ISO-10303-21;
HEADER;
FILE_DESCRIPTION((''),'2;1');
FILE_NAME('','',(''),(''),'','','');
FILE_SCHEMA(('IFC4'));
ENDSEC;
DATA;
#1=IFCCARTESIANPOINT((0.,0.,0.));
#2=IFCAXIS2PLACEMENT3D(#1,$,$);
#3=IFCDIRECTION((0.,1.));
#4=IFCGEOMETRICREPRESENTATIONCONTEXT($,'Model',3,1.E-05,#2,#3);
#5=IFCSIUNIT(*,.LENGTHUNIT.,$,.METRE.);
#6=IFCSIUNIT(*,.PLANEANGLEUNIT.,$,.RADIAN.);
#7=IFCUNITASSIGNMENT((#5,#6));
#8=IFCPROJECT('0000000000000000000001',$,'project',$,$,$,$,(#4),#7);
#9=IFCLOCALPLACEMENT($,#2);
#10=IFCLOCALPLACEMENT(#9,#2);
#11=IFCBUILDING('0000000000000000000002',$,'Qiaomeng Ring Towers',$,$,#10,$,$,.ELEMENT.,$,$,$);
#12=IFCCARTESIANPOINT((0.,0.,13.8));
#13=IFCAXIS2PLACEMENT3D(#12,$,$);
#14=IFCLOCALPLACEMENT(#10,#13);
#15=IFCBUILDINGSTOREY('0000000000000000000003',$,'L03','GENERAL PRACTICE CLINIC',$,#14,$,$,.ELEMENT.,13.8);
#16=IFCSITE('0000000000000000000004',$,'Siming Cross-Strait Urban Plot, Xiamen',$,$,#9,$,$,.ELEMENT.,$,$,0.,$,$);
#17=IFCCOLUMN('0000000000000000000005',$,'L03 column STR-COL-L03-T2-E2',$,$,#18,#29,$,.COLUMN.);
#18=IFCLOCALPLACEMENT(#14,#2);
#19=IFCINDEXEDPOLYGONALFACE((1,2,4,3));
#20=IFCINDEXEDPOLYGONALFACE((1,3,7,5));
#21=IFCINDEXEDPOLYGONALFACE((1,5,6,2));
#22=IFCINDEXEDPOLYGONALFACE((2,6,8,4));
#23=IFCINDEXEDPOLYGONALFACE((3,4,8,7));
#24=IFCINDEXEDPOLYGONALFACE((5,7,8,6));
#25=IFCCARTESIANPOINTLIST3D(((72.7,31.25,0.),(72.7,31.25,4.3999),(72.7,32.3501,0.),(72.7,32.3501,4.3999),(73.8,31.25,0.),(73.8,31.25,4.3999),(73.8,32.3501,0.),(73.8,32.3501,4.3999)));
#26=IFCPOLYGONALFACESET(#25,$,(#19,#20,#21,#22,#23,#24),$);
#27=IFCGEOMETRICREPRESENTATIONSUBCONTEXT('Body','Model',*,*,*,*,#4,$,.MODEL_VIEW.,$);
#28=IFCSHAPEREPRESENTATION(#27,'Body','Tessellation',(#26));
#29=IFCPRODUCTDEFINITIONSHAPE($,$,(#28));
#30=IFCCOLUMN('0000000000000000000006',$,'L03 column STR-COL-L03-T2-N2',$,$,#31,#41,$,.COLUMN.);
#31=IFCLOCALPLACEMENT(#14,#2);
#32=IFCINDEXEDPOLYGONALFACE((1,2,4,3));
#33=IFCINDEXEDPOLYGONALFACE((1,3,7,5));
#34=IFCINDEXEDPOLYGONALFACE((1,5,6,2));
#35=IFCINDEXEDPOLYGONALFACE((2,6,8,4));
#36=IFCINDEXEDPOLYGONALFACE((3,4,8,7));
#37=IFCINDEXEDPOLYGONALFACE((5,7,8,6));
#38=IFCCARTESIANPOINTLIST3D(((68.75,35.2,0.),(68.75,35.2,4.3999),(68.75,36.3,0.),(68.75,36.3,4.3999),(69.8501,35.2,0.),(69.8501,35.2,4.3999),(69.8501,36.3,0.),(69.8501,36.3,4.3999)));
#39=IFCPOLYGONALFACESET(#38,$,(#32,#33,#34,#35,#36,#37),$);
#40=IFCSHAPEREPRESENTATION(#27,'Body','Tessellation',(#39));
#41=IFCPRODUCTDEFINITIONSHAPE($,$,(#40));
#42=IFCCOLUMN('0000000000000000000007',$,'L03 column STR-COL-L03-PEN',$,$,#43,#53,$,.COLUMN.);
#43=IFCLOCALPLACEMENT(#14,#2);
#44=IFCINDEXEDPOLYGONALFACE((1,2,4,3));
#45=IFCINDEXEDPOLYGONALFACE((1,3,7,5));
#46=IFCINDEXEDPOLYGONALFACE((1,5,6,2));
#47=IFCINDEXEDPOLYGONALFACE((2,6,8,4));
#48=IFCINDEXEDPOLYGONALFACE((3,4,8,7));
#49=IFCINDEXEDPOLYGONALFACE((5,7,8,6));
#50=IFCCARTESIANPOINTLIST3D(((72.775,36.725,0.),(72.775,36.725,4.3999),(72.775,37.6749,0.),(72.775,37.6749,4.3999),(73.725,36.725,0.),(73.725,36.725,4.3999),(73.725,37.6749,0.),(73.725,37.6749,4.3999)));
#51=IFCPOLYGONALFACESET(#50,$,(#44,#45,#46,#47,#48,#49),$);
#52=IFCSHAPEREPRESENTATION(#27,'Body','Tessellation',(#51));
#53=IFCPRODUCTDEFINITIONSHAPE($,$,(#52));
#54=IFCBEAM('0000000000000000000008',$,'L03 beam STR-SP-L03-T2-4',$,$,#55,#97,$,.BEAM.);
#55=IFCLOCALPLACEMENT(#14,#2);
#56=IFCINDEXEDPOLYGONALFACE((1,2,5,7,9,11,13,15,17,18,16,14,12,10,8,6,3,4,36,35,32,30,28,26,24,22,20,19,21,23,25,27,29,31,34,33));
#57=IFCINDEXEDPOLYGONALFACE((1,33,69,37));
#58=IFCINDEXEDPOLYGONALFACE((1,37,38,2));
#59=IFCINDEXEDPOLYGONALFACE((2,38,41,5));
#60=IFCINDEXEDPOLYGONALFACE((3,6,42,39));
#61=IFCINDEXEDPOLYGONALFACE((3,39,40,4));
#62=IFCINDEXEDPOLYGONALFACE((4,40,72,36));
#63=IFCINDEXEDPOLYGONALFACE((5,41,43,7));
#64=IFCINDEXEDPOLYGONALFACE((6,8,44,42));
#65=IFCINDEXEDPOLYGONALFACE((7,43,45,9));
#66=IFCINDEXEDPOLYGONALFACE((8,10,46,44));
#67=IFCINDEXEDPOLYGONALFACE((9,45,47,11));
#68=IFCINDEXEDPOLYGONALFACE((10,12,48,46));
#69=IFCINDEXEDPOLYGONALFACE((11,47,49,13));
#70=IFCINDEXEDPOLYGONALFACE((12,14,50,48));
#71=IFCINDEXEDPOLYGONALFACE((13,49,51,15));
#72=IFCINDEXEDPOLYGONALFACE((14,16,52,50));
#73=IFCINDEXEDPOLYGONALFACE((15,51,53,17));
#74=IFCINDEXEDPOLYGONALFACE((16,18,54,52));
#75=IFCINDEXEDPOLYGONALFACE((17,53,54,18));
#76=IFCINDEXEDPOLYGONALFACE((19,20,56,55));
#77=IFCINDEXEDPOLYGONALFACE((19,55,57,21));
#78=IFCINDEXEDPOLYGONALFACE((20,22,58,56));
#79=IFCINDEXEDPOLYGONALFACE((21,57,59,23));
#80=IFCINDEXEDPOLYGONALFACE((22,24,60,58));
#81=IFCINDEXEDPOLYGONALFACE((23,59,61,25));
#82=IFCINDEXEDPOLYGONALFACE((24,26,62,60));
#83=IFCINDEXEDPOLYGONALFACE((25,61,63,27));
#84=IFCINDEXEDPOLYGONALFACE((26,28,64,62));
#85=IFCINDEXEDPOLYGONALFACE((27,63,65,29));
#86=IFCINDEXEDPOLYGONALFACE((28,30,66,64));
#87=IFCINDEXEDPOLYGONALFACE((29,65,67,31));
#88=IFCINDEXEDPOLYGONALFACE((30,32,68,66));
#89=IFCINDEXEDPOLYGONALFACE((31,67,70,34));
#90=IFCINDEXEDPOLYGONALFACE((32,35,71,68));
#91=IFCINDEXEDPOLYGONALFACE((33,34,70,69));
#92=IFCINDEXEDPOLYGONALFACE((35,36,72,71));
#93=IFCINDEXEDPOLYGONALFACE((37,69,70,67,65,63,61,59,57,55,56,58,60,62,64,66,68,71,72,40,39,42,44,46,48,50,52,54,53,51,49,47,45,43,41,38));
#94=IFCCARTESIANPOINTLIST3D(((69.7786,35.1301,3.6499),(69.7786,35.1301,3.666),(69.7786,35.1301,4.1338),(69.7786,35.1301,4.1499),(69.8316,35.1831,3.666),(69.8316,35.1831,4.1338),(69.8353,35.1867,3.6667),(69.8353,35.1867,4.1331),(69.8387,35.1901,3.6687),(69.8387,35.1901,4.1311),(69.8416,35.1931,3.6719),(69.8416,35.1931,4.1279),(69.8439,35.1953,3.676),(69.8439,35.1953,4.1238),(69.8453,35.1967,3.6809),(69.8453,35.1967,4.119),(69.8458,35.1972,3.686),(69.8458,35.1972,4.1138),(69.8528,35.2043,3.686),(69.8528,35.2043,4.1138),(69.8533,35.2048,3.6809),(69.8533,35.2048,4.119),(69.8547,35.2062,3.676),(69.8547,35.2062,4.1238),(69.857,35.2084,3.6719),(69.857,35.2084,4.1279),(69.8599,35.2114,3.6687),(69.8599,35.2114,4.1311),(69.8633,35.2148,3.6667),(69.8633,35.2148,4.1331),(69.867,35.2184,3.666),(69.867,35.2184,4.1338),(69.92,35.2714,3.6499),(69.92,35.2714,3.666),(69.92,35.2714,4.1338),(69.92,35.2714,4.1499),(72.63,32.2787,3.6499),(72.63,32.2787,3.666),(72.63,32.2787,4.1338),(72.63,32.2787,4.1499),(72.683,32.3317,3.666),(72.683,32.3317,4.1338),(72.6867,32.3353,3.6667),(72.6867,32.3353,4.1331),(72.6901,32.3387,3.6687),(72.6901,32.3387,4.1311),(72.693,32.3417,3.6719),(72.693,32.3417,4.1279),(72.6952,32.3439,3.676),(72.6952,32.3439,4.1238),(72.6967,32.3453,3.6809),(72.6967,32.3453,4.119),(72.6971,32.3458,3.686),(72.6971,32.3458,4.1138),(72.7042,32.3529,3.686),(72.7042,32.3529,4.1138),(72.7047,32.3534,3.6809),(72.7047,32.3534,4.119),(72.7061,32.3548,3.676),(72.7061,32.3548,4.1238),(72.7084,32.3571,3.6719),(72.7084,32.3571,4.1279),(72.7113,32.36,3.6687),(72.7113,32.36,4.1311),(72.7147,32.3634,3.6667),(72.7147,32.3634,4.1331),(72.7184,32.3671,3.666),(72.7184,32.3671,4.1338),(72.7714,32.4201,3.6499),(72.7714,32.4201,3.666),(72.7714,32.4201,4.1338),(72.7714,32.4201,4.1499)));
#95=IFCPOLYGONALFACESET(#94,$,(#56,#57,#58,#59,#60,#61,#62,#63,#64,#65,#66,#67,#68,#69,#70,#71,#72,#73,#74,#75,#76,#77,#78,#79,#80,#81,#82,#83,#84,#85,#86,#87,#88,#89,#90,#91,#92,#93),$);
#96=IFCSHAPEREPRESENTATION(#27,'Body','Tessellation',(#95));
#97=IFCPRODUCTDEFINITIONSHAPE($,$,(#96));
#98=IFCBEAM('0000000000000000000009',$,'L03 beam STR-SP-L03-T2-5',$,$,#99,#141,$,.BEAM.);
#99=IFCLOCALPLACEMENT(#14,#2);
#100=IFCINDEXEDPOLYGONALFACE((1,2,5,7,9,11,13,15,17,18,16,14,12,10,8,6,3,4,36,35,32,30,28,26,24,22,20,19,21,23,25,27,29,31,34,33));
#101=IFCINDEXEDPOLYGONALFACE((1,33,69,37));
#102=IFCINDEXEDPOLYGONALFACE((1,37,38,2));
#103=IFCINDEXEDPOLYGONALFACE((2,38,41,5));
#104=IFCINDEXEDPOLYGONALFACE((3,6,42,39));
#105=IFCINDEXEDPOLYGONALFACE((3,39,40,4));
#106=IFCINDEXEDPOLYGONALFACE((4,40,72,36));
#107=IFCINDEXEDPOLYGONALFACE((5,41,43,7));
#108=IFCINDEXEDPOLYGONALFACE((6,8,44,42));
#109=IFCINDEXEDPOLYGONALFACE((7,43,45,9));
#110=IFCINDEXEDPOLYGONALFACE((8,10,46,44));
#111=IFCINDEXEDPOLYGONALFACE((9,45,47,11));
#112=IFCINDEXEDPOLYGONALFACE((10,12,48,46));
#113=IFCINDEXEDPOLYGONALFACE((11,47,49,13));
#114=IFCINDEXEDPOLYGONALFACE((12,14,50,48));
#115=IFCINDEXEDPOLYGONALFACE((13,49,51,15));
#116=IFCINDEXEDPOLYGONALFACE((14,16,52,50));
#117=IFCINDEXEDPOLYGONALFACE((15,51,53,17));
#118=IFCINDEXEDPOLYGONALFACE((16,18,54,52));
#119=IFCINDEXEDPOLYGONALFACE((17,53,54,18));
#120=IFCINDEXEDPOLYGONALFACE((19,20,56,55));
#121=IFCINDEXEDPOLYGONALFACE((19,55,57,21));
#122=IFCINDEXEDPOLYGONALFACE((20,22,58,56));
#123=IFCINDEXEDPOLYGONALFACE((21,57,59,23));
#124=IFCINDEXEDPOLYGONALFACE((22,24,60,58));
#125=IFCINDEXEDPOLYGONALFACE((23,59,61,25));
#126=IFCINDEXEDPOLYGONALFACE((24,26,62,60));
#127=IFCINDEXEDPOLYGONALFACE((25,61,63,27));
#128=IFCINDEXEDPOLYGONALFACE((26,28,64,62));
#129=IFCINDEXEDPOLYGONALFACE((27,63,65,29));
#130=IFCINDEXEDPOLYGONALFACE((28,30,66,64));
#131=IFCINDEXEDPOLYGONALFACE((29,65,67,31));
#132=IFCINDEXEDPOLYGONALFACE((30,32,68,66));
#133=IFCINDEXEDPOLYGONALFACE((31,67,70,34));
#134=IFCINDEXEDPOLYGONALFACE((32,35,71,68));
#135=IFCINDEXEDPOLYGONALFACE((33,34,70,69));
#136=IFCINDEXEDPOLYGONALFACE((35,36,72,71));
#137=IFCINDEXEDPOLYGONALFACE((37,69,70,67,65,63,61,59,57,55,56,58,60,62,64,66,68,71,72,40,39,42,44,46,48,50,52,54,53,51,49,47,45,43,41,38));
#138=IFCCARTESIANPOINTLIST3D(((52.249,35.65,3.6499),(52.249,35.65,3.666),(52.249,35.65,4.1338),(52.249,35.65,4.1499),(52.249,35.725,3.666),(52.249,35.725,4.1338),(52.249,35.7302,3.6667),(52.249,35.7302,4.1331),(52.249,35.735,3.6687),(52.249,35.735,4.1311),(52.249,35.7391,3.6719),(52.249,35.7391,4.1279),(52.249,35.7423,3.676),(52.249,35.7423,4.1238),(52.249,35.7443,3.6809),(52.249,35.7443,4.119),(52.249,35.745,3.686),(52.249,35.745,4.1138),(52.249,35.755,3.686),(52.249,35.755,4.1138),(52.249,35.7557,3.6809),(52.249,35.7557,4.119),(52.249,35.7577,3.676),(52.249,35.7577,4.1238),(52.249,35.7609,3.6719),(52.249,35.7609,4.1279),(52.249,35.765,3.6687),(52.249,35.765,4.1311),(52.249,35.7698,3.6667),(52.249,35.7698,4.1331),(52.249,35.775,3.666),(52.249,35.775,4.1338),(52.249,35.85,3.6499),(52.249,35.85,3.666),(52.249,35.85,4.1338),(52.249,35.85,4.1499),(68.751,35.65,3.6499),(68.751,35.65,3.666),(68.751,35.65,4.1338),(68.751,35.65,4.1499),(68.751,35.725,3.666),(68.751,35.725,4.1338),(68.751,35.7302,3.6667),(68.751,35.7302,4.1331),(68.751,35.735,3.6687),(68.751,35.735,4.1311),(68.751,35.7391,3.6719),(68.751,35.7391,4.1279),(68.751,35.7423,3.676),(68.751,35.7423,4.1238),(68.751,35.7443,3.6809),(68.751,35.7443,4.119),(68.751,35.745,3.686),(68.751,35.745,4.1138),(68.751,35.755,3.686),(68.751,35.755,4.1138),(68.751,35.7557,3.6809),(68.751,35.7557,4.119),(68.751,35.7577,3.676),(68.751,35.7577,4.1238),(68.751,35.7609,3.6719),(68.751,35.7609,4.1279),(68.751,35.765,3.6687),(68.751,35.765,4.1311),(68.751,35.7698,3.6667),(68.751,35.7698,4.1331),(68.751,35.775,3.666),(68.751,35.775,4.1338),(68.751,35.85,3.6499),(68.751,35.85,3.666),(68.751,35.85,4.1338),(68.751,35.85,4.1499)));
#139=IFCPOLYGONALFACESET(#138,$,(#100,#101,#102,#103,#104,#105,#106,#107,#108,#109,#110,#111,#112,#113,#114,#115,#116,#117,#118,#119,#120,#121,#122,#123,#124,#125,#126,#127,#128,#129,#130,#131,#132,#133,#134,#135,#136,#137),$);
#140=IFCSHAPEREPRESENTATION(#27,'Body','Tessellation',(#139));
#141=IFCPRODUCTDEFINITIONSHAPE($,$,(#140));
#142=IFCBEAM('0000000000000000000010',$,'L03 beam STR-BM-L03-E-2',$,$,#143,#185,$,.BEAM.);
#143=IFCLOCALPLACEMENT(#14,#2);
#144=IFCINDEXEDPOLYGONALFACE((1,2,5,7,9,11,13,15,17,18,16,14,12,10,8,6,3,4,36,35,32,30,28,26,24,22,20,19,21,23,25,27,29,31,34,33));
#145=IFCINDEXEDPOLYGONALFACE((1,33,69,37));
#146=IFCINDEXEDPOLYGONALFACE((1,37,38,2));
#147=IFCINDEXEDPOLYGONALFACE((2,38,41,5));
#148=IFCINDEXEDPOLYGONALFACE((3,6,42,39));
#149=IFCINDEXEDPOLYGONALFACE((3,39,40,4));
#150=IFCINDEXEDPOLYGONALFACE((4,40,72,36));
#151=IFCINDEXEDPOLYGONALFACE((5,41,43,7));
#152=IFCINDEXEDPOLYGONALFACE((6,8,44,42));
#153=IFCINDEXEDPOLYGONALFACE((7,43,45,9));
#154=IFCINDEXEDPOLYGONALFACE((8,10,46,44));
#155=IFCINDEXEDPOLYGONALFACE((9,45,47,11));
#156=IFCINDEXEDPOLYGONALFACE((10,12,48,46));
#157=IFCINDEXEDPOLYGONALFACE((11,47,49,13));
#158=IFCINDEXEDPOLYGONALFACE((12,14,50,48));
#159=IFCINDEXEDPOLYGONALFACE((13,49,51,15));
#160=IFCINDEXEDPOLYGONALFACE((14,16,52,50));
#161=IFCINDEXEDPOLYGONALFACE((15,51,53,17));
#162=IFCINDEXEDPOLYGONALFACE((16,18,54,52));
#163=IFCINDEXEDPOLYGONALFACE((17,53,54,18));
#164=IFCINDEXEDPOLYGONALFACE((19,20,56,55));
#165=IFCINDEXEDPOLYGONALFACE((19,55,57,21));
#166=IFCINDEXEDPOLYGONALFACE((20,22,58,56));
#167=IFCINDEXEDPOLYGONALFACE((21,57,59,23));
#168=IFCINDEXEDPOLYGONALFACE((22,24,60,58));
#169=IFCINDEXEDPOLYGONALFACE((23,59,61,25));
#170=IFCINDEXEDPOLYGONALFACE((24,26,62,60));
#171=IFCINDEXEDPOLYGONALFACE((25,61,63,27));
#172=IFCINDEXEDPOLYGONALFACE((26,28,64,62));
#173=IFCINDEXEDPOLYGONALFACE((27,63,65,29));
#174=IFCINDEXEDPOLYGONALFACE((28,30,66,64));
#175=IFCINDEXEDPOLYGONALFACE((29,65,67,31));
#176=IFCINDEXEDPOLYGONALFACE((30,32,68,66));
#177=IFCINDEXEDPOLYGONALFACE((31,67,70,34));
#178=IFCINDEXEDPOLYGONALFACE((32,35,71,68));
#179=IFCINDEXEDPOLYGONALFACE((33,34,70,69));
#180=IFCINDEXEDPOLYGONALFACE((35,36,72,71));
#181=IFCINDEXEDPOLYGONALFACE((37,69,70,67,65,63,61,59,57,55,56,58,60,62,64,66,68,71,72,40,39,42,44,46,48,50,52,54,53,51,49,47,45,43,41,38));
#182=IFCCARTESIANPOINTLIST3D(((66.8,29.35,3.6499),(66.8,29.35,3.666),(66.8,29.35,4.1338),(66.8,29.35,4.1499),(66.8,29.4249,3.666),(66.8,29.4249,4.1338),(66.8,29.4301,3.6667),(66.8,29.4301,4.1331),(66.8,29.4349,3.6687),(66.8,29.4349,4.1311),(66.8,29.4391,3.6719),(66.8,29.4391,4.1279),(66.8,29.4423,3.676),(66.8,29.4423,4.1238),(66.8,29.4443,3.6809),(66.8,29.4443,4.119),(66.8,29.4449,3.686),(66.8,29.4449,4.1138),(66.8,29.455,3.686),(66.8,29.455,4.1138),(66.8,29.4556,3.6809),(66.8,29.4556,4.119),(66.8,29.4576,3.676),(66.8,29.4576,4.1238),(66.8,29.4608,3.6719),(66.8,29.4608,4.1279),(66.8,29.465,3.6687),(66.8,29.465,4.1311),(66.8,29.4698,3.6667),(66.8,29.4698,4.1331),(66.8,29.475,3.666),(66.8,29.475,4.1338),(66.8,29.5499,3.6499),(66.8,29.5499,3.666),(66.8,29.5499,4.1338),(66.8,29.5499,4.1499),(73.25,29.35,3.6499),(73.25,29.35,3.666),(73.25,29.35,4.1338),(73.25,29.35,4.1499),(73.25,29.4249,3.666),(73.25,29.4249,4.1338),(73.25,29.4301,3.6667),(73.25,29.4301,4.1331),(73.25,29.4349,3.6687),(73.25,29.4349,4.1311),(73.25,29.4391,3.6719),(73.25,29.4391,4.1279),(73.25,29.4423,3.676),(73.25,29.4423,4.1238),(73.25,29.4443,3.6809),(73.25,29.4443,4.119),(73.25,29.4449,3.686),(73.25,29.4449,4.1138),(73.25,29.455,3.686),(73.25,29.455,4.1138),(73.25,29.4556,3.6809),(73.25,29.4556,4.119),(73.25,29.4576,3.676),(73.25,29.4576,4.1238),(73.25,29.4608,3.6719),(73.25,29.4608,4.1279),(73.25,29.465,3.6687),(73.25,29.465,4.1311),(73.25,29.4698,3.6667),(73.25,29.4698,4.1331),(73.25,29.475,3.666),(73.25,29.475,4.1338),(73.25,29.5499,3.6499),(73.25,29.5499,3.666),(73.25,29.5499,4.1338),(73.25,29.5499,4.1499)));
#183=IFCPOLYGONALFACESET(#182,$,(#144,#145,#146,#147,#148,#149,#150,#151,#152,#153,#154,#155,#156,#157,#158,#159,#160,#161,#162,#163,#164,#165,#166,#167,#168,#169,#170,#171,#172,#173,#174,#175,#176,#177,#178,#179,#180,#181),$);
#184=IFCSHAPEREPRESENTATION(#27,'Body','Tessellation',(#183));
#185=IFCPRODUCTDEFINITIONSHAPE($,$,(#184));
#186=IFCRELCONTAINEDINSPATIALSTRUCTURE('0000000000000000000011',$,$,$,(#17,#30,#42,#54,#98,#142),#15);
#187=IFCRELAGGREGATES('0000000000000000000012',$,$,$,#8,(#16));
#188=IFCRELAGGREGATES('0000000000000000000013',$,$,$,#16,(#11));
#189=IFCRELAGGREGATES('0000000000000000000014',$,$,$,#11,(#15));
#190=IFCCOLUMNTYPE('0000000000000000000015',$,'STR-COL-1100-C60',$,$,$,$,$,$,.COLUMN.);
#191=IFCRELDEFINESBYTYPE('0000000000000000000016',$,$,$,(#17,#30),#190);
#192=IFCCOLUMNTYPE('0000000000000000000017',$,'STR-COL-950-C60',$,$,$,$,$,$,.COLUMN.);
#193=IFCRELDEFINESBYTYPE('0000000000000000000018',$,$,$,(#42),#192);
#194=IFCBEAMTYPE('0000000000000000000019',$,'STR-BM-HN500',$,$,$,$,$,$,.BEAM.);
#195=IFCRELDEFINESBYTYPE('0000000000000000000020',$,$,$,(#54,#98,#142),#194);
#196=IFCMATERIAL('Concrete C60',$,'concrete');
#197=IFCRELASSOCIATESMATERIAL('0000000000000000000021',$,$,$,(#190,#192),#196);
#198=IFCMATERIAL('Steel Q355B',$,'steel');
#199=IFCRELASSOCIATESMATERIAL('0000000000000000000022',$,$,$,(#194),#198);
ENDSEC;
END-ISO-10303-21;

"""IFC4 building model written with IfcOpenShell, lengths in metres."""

from ifc_helpers import new_model, si_unit, direction, frame, origin, origin_2d, place, context, subcontext, project, spatial, rectangle, i_section, extrude, source, transform, mapped, material, material_profile, profile_set, type_object, element, save


model = new_model("IFC4")

# Units and contexts
model_context = context("Model", 3, precision=1e-05, world=origin(), true_north=direction((0.0, 1.0)))
body_context = subcontext(model_context, "Body", "Model", "MODEL_VIEW")
ifc_project = project(units=[si_unit("LENGTHUNIT", "METRE"), si_unit("PLANEANGLEUNIT", "RADIAN")], contexts=[model_context])

# Site, building, storey
site_placement = place(None, origin())
site = spatial("IfcSite", under=ifc_project, at=site_placement, Name="Siming Cross-Strait Urban Plot, Xiamen", CompositionType="ELEMENT", RefElevation=0.0)
building_placement = place(site_placement, origin())
building = spatial("IfcBuilding", under=site, at=building_placement, Name="Qiaomeng Ring Towers", CompositionType="ELEMENT")
storey_placement = place(building_placement, frame((0.0, 0.0, 13.8)))
storey = spatial("IfcBuildingStorey", under=building, at=storey_placement, Name="L03", Description="GENERAL PRACTICE CLINIC", CompositionType="ELEMENT", Elevation=13.8)

# Columns
ifc_material_1 = material(Name="Concrete C60", Category="concrete")
ifc_material_profile_1 = material_profile(ifc_material_1, rectangle(XDim=1.1001, YDim=1.1001, at=origin_2d()), Name="RC COL 1100x1100")
ifc_profile_set_1 = profile_set([ifc_material_profile_1], Name="Concrete C60")
column_type_1 = type_object("IfcColumnType", Name="STR-COL-1100-C60", PredefinedType="COLUMN", material=ifc_profile_set_1)
shared_shape_1 = source(origin(), body_context, "Body", "SweptSolid", [
    extrude(rectangle(XDim=1.1001, YDim=1.1001, at=origin_2d()), origin(), (0.0, 0.0, 1.0), 4.3999),
])
for number, where, z_axis, x_axis, name in (
    (1, (73.25, 31.8, 0.0), (0.0, 0.0, 1.0), (1.0, 0.0, 0.0), "L03 column STR-COL-L03-T2-E2"),
    (2, (69.3, 35.75, 0.0), (0.0, 0.0, 1.0), (1.0, 0.0, 0.0), "L03 column STR-COL-L03-T2-N2"),
):
    element("IfcColumn", number, at=place(storey_placement, frame(where, z_axis=z_axis, x_axis=x_axis)), inside=storey, type_object=column_type_1, Name=name, PredefinedType="COLUMN", context=body_context, shape_type="MappedRepresentation", body=[
        mapped(shared_shape_1, transform((0.0, 0.0, 0.0), x_axis=(1.0, 0.0, 0.0), y_axis=(0.0, 1.0, 0.0), z_axis=(0.0, 0.0, 1.0), scale=1.0)),
    ])
ifc_material_profile_2 = material_profile(ifc_material_1, rectangle(XDim=0.95, YDim=0.95, at=origin_2d()), Name="RC COL 950x950")
ifc_profile_set_2 = profile_set([ifc_material_profile_2], Name="Concrete C60")
column_type_2 = type_object("IfcColumnType", Name="STR-COL-950-C60", PredefinedType="COLUMN", material=ifc_profile_set_2)
shared_shape_2 = source(origin(), body_context, "Body", "SweptSolid", [
    extrude(rectangle(XDim=0.95, YDim=0.95, at=origin_2d()), origin(), (0.0, 0.0, 1.0), 4.3999),
])
column_placement = place(storey_placement, frame((73.25, 37.2, 0.0), z_axis=(0.0, 0.0, 1.0), x_axis=(1.0, 0.0, 0.0)))
element("IfcColumn", 3, at=column_placement, inside=storey, type_object=column_type_2, Name="L03 column STR-COL-L03-PEN", PredefinedType="COLUMN", context=body_context, shape_type="MappedRepresentation", body=[
    mapped(shared_shape_2, transform((0.0, 0.0, 0.0), x_axis=(1.0, 0.0, 0.0), y_axis=(0.0, 1.0, 0.0), z_axis=(0.0, 0.0, 1.0), scale=1.0)),
])

# Beams
ifc_material_2 = material(Name="Steel Q355B", Category="steel")
ifc_material_profile_3 = material_profile(ifc_material_2, i_section(OverallWidth=0.2, OverallDepth=0.5, WebThickness=0.01, FlangeThickness=0.0161, FilletRadius=0.02, at=origin_2d()), Name="HN 500x200x10x16")
ifc_profile_set_3 = profile_set([ifc_material_profile_3], Name="Steel Q355B")
beam_type = type_object("IfcBeamType", Name="STR-BM-HN500", PredefinedType="BEAM", material=ifc_profile_set_3)
shared_shape_3 = source(origin(), body_context, "Body", "SweptSolid", [
    extrude(i_section(OverallWidth=0.2, OverallDepth=0.5, WebThickness=0.01, FlangeThickness=0.0161, FilletRadius=0.02, at=origin_2d()), origin(), (0.0, 0.0, 1.0), 4.0325),
])
beam_1_placement = place(storey_placement, frame((72.7007, 32.3494, 3.8999), z_axis=(-0.707107, 0.707107, 0.0), x_axis=(-0.707107, -0.707107, 0.0)))
element("IfcBeam", 4, at=beam_1_placement, inside=storey, type_object=beam_type, Name="L03 beam STR-SP-L03-T2-4", PredefinedType="BEAM", context=body_context, shape_type="MappedRepresentation", body=[
    mapped(shared_shape_3, transform((0.0, 0.0, 0.0), x_axis=(1.0, 0.0, 0.0), y_axis=(0.0, 1.0, 0.0), z_axis=(0.0, 0.0, 1.0), scale=1.0)),
])
shared_shape_4 = source(origin(), body_context, "Body", "SweptSolid", [
    extrude(i_section(OverallWidth=0.2, OverallDepth=0.5, WebThickness=0.01, FlangeThickness=0.0161, FilletRadius=0.02, at=origin_2d()), origin(), (0.0, 0.0, 1.0), 16.502),
])
beam_2_placement = place(storey_placement, frame((68.751, 35.75, 3.8999), z_axis=(-1.0, 0.0, 0.0), x_axis=(0.0, -1.0, 0.0)))
element("IfcBeam", 5, at=beam_2_placement, inside=storey, type_object=beam_type, Name="L03 beam STR-SP-L03-T2-5", PredefinedType="BEAM", context=body_context, shape_type="MappedRepresentation", body=[
    mapped(shared_shape_4, transform((0.0, 0.0, 0.0), x_axis=(1.0, 0.0, 0.0), y_axis=(0.0, 1.0, 0.0), z_axis=(0.0, 0.0, 1.0), scale=1.0)),
])
shared_shape_5 = source(origin(), body_context, "Body", "SweptSolid", [
    extrude(i_section(OverallWidth=0.2, OverallDepth=0.5, WebThickness=0.01, FlangeThickness=0.0161, FilletRadius=0.02, at=origin_2d()), origin(), (0.0, 0.0, 1.0), 6.45),
])
for number, where, z_axis, x_axis, name in (
    (6, (66.8, 29.45, 3.8999), (1.0, 0.0, 0.0), (0.0, 1.0, 0.0), "L03 beam STR-BM-L03-E-2"),
):
    element("IfcBeam", number, at=place(storey_placement, frame(where, z_axis=z_axis, x_axis=x_axis)), inside=storey, type_object=beam_type, Name=name, PredefinedType="BEAM", context=body_context, shape_type="MappedRepresentation", body=[
        mapped(shared_shape_5, transform((0.0, 0.0, 0.0), x_axis=(1.0, 0.0, 0.0), y_axis=(0.0, 1.0, 0.0), z_axis=(0.0, 0.0, 1.0), scale=1.0)),
    ])

save(model, "model.ifc")
